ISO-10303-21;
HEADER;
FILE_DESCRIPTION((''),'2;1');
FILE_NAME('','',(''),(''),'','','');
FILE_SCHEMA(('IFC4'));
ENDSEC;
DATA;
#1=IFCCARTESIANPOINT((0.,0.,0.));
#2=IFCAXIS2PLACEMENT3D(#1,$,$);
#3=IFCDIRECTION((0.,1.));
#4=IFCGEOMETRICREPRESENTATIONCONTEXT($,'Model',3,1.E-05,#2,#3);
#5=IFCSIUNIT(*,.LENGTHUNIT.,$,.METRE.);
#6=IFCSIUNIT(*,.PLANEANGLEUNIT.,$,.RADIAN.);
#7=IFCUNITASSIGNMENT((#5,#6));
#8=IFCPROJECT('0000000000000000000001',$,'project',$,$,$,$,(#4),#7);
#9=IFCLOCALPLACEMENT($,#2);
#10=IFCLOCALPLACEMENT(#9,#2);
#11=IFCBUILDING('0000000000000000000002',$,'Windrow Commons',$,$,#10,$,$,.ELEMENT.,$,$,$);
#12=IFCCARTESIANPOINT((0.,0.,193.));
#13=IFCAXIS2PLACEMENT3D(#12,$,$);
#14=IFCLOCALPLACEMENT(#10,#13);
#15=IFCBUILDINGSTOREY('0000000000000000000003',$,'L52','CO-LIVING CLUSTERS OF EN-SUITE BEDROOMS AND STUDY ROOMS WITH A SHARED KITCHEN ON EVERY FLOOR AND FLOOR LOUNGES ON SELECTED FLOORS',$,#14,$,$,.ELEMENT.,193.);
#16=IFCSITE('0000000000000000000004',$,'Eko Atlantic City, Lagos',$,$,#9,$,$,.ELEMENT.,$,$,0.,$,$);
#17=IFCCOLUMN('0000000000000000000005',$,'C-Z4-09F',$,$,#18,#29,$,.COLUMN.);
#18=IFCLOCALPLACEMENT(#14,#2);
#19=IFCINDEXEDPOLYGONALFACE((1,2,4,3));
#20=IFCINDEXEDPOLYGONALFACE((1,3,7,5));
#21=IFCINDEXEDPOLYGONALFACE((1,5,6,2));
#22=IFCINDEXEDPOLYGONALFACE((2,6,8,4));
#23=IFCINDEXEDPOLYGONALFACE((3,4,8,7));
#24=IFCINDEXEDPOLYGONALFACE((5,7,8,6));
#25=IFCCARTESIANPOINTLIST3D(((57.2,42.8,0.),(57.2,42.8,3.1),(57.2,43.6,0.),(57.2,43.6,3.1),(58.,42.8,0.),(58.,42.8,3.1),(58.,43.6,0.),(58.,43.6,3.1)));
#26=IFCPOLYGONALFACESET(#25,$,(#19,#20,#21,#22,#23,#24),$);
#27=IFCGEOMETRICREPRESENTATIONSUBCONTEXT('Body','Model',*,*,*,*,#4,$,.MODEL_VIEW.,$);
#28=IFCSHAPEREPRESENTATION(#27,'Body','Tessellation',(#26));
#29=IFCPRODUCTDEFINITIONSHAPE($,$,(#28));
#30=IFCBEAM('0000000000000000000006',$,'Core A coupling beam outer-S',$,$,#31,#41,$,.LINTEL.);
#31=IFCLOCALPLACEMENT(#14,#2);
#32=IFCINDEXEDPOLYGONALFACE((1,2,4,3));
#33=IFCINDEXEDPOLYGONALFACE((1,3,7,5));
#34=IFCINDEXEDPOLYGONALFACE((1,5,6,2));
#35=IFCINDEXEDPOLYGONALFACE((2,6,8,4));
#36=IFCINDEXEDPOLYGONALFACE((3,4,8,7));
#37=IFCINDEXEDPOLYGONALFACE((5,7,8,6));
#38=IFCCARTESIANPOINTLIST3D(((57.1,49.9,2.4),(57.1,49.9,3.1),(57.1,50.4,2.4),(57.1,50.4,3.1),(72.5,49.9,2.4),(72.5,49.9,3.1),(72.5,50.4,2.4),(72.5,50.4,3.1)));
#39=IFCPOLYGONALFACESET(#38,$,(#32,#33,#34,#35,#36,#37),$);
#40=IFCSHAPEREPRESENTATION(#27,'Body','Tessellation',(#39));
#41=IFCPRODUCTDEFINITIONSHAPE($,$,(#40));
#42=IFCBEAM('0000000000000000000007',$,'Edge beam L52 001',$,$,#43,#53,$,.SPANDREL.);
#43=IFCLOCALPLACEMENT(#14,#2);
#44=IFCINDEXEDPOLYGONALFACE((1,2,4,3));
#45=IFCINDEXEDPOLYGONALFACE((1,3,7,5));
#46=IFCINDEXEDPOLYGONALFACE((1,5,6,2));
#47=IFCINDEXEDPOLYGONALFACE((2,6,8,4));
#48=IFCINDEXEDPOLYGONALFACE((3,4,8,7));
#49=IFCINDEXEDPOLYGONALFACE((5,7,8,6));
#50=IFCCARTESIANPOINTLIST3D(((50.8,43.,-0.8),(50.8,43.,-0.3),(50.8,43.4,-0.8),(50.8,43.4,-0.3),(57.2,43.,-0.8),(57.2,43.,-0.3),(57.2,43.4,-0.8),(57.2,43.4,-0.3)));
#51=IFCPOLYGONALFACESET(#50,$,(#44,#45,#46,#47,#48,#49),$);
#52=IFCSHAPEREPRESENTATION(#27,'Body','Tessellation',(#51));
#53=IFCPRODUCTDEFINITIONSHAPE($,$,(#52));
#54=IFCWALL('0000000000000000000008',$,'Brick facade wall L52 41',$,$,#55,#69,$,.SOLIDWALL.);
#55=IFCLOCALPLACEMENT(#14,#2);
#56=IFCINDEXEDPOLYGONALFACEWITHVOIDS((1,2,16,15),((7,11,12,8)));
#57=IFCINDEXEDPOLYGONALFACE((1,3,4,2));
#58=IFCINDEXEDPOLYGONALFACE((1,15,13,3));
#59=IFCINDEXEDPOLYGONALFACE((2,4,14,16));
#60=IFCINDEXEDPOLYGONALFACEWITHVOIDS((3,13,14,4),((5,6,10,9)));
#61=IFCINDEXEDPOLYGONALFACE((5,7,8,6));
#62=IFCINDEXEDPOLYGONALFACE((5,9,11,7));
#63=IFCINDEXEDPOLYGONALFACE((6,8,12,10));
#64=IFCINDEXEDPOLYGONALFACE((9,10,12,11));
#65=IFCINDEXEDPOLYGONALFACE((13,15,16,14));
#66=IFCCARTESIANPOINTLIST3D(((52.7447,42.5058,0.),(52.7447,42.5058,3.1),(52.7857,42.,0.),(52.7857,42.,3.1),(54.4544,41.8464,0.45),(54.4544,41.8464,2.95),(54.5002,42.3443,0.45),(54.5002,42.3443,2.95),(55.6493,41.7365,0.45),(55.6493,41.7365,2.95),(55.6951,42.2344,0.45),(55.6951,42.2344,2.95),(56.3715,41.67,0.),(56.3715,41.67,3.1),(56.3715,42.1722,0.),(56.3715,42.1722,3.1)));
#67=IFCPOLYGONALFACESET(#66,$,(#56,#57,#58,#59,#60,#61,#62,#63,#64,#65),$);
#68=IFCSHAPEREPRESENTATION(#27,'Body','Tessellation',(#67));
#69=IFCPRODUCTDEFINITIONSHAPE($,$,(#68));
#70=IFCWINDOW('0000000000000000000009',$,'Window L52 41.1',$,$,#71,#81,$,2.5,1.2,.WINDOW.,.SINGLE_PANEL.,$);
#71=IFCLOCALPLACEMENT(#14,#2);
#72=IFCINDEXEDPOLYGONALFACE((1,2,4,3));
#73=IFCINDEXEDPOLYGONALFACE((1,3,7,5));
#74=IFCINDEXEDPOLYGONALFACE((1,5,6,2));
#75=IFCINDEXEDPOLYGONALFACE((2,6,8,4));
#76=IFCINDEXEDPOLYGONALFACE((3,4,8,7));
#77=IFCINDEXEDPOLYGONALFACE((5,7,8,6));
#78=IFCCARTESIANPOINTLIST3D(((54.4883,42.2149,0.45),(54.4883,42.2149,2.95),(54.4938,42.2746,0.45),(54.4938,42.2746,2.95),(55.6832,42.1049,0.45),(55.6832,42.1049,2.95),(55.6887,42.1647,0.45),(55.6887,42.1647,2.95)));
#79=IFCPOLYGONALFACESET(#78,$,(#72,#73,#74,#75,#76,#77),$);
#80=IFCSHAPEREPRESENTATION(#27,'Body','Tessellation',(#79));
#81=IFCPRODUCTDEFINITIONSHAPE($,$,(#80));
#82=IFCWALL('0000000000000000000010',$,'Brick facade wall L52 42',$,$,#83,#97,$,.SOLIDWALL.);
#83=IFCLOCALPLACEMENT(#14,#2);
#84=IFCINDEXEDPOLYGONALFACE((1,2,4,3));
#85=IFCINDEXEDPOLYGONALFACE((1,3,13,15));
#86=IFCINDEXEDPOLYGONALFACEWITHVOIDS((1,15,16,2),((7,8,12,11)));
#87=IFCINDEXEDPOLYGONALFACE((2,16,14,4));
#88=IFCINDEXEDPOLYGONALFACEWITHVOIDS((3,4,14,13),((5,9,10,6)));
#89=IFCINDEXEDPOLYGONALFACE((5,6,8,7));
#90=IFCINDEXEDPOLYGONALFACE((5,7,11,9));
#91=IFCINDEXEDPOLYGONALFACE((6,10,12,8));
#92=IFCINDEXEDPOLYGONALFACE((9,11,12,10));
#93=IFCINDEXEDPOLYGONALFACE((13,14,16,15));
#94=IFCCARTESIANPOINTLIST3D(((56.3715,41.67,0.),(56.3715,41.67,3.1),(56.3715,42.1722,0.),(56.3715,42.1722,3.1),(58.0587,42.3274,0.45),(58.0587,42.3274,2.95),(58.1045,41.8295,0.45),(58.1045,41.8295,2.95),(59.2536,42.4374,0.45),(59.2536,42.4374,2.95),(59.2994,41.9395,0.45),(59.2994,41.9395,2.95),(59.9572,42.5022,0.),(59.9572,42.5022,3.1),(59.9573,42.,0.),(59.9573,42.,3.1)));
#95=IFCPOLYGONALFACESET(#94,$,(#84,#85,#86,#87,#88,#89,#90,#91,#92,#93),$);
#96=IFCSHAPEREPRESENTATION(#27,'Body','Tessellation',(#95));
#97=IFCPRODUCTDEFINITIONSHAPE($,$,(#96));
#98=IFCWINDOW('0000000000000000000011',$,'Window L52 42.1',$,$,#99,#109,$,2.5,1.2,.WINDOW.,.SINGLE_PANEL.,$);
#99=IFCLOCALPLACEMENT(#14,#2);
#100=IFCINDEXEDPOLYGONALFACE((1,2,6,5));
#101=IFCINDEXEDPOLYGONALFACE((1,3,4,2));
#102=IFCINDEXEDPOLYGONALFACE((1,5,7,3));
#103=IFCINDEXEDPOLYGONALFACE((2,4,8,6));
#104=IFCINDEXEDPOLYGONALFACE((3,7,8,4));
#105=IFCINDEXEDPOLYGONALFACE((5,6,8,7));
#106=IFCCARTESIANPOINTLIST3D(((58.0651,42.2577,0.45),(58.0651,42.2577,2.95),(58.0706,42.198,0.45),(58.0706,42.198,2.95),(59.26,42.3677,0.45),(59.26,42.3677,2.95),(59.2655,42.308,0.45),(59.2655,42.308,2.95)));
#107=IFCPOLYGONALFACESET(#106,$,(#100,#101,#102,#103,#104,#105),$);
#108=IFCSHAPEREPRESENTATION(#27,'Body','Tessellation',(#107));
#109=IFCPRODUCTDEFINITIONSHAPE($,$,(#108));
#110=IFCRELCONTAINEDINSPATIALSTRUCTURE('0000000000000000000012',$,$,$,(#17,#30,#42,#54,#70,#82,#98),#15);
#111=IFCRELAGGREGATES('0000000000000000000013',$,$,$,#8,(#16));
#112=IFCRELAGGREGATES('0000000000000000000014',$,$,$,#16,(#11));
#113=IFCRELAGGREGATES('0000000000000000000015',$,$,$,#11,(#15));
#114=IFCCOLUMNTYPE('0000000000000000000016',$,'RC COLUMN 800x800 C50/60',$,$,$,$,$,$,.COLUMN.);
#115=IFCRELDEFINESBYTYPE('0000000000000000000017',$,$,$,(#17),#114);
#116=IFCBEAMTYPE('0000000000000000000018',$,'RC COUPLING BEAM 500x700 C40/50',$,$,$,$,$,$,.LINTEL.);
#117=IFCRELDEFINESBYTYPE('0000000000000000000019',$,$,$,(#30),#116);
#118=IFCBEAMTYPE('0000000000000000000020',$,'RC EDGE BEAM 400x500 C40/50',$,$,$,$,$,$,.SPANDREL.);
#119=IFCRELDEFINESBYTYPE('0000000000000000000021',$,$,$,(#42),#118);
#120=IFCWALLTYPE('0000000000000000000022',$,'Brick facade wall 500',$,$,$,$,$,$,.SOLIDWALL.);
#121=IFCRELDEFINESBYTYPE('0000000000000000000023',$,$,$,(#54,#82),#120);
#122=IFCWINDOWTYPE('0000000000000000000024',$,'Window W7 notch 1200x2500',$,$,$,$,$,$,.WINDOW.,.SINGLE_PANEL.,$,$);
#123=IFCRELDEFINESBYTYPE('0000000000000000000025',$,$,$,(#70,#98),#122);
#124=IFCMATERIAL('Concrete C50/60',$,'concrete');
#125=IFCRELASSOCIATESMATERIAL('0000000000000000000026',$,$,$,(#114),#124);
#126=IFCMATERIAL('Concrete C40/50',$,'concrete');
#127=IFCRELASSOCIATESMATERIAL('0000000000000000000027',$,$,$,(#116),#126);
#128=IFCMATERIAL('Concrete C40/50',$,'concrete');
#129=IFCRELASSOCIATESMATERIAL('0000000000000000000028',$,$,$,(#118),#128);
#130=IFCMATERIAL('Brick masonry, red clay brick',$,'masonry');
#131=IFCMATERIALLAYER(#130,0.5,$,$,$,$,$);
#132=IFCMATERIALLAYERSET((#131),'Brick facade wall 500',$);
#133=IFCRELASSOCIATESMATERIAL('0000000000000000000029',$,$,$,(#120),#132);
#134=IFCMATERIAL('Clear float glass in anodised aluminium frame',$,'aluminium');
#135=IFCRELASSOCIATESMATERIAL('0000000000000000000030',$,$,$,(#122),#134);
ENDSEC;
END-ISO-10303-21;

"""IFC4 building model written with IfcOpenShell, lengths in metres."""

from ifc_helpers import new_model, si_unit, direction, frame, frame_2d, origin, origin_2d, place, context, subcontext, project, spatial, polyline, rectangle, outline, extrude, material, layer, layer_set, material_profile, profile_set, type_object, element, fill, save


model = new_model("IFC4")

# Units and contexts
model_context = context("Model", 3, precision=1e-05, world=origin(), true_north=direction((0.0, 1.0)))
body_context = subcontext(model_context, "Body", "Model", "MODEL_VIEW")
ifc_project = project(units=[si_unit("LENGTHUNIT", "METRE"), si_unit("PLANEANGLEUNIT", "RADIAN")], contexts=[model_context])

# Site, building, storey
site_placement = place(None, origin())
site = spatial("IfcSite", under=ifc_project, at=site_placement, Name="Eko Atlantic City, Lagos", CompositionType="ELEMENT", RefElevation=0.0)
building_placement = place(site_placement, origin())
building = spatial("IfcBuilding", under=site, at=building_placement, Name="Windrow Commons", CompositionType="ELEMENT")
storey_placement = place(building_placement, frame((0.0, 0.0, 193.0)))
storey = spatial("IfcBuildingStorey", under=building, at=storey_placement, Name="L52", Description="CO-LIVING CLUSTERS OF EN-SUITE BEDROOMS AND STUDY ROOMS WITH A SHARED KITCHEN ON EVERY FLOOR AND FLOOR LOUNGES ON SELECTED FLOORS", CompositionType="ELEMENT", Elevation=193.0)

# Column
ifc_material_1 = material(Name="Concrete C50/60", Category="concrete")
ifc_material_profile_1 = material_profile(ifc_material_1, rectangle(XDim=0.8, YDim=0.8, at=origin_2d()))
ifc_profile_set_1 = profile_set([ifc_material_profile_1], Name="Concrete C50/60")
column_type = type_object("IfcColumnType", Name="RC COLUMN 800x800 C50/60", PredefinedType="COLUMN", material=ifc_profile_set_1)
column_placement = place(storey_placement, frame((57.6, 43.2, 0.0), z_axis=(0.0, 0.0, 1.0), x_axis=(1.0, 0.0, 0.0)))
element("IfcColumn", 1, at=column_placement, inside=storey, type_object=column_type, Name="C-Z4-09F", PredefinedType="COLUMN", context=body_context, shape_type="SweptSolid", body=[
    extrude(rectangle(XDim=0.8, YDim=0.8, at=origin_2d()), origin(), (0.0, 0.0, 1.0), 3.1),
])

# Beams
ifc_material_2 = material(Name="Concrete C40/50", Category="concrete")
ifc_material_profile_2 = material_profile(ifc_material_2, rectangle(XDim=0.5, YDim=0.7, at=origin_2d()))
ifc_profile_set_2 = profile_set([ifc_material_profile_2], Name="Concrete C40/50")
beam_type_1 = type_object("IfcBeamType", Name="RC COUPLING BEAM 500x700 C40/50", PredefinedType="LINTEL", material=ifc_profile_set_2)
beam_1_placement = place(storey_placement, frame((57.1, 50.15, 2.75), z_axis=(1.0, 0.0, 0.0), x_axis=(0.0, 1.0, 0.0)))
element("IfcBeam", 2, at=beam_1_placement, inside=storey, type_object=beam_type_1, Name="Core A coupling beam outer-S", PredefinedType="LINTEL", context=body_context, shape_type="SweptSolid", body=[
    extrude(rectangle(XDim=0.5, YDim=0.7, at=origin_2d()), origin(), (0.0, 0.0, 1.0), 15.4),
])
ifc_material_3 = material(Name="Concrete C40/50", Category="concrete")
ifc_material_profile_3 = material_profile(ifc_material_3, rectangle(XDim=0.4, YDim=0.5, at=origin_2d()))
ifc_profile_set_3 = profile_set([ifc_material_profile_3], Name="Concrete C40/50")
beam_type_2 = type_object("IfcBeamType", Name="RC EDGE BEAM 400x500 C40/50", PredefinedType="SPANDREL", material=ifc_profile_set_3)
beam_2_placement = place(storey_placement, frame((57.2, 43.2, -0.55), z_axis=(-1.0, 0.0, 0.0), x_axis=(0.0, -1.0, 0.0)))
element("IfcBeam", 3, at=beam_2_placement, inside=storey, type_object=beam_type_2, Name="Edge beam L52 001", PredefinedType="SPANDREL", context=body_context, shape_type="SweptSolid", body=[
    extrude(rectangle(XDim=0.4, YDim=0.5, at=origin_2d()), origin(), (0.0, 0.0, 1.0), 6.4),
])

# Walls, openings, windows
ifc_material_4 = material(Name="Brick masonry, red clay brick", Category="masonry")
ifc_layer_1 = layer(ifc_material_4, 0.5)
ifc_layer_set_1 = layer_set([ifc_layer_1], Name="Brick facade wall 500")
wall_type_1 = type_object("IfcWallType", Name="Brick facade wall 500", PredefinedType="SOLIDWALL", material=ifc_layer_set_1)
wall_1_placement = place(storey_placement, frame((52.7652, 42.2529, 0.0), z_axis=(0.0, 0.0, 1.0), x_axis=(0.995794, -0.091619, 0.0)))
wall_1 = element("IfcWall", 4, at=wall_1_placement, inside=storey, type_object=wall_type_1, Name="Brick facade wall L52 41", PredefinedType="SOLIDWALL", context=body_context, shape_type="SweptSolid", body=[
    extrude(outline(polyline([(0.0436, -0.25), (3.6445, -0.25), (3.5985, 0.25), (-0.0436, 0.25), (0.0436, -0.25)])), origin(), (0.0, 0.0, 1.0), 3.1),
])
opening_1_placement = place(wall_1_placement, frame((1.7193, 0.0, 0.45)))
opening_1 = element("IfcOpeningElement", 5, at=opening_1_placement, cuts=wall_1, PredefinedType="OPENING", context=body_context, shape_type="SweptSolid", body=[
    extrude(rectangle(XDim=1.2, YDim=2.5, at=frame_2d((0.6, 1.25))), frame((0.0, 0.26, 0.0), z_axis=(0.0, -1.0, 0.0), x_axis=(1.0, 0.0, 0.0)), (0.0, 0.0, 1.0), 0.52),
])
ifc_material_5 = material(Name="Clear float glass in anodised aluminium frame", Category="aluminium")
window_type = type_object("IfcWindowType", Name="Window W7 notch 1200x2500", PartitioningType="SINGLE_PANEL", PredefinedType="WINDOW", material=ifc_material_5)
window_1_placement = place(opening_1_placement, origin())
window_1 = element("IfcWindow", 6, at=window_1_placement, inside=storey, type_object=window_type, Name="Window L52 41.1", OverallHeight=2.5, OverallWidth=1.2, PartitioningType="SINGLE_PANEL", PredefinedType="WINDOW", context=body_context, shape_type="SweptSolid", body=[
    extrude(rectangle(XDim=1.2, YDim=2.5, at=frame_2d((0.6, 1.25))), frame((0.0, 0.18, 0.0), z_axis=(0.0, -1.0, 0.0), x_axis=(1.0, 0.0, 0.0)), (0.0, 0.0, 1.0), 0.06),
])
fill(opening_1, window_1)
wall_2_placement = place(storey_placement, frame((56.3715, 41.9211, 0.0), z_axis=(0.0, 0.0, 1.0), x_axis=(0.995792, 0.091645, 0.0)))
wall_2 = element("IfcWall", 7, at=wall_2_placement, inside=storey, type_object=wall_type_1, Name="Brick facade wall L52 42", PredefinedType="SOLIDWALL", context=body_context, shape_type="SweptSolid", body=[
    extrude(outline(polyline([(-0.023, -0.25), (3.5779, -0.25), (3.6239, 0.25), (0.023, 0.25), (-0.023, -0.25)])), origin(), (0.0, 0.0, 1.0), 3.1),
])
opening_2_placement = place(wall_2_placement, frame((1.7173, 0.0, 0.45)))
opening_2 = element("IfcOpeningElement", 8, at=opening_2_placement, cuts=wall_2, PredefinedType="OPENING", context=body_context, shape_type="SweptSolid", body=[
    extrude(rectangle(XDim=1.2, YDim=2.5, at=frame_2d((0.6, 1.25))), frame((0.0, 0.26, 0.0), z_axis=(0.0, -1.0, 0.0), x_axis=(1.0, 0.0, 0.0)), (0.0, 0.0, 1.0), 0.52),
])
window_2_placement = place(opening_2_placement, origin())
window_2 = element("IfcWindow", 9, at=window_2_placement, inside=storey, type_object=window_type, Name="Window L52 42.1", OverallHeight=2.5, OverallWidth=1.2, PartitioningType="SINGLE_PANEL", PredefinedType="WINDOW", context=body_context, shape_type="SweptSolid", body=[
    extrude(rectangle(XDim=1.2, YDim=2.5, at=frame_2d((0.6, 1.25))), frame((0.0, 0.18, 0.0), z_axis=(0.0, -1.0, 0.0), x_axis=(1.0, 0.0, 0.0)), (0.0, 0.0, 1.0), 0.06),
])
fill(opening_2, window_2)

save(model, "model.ifc")
